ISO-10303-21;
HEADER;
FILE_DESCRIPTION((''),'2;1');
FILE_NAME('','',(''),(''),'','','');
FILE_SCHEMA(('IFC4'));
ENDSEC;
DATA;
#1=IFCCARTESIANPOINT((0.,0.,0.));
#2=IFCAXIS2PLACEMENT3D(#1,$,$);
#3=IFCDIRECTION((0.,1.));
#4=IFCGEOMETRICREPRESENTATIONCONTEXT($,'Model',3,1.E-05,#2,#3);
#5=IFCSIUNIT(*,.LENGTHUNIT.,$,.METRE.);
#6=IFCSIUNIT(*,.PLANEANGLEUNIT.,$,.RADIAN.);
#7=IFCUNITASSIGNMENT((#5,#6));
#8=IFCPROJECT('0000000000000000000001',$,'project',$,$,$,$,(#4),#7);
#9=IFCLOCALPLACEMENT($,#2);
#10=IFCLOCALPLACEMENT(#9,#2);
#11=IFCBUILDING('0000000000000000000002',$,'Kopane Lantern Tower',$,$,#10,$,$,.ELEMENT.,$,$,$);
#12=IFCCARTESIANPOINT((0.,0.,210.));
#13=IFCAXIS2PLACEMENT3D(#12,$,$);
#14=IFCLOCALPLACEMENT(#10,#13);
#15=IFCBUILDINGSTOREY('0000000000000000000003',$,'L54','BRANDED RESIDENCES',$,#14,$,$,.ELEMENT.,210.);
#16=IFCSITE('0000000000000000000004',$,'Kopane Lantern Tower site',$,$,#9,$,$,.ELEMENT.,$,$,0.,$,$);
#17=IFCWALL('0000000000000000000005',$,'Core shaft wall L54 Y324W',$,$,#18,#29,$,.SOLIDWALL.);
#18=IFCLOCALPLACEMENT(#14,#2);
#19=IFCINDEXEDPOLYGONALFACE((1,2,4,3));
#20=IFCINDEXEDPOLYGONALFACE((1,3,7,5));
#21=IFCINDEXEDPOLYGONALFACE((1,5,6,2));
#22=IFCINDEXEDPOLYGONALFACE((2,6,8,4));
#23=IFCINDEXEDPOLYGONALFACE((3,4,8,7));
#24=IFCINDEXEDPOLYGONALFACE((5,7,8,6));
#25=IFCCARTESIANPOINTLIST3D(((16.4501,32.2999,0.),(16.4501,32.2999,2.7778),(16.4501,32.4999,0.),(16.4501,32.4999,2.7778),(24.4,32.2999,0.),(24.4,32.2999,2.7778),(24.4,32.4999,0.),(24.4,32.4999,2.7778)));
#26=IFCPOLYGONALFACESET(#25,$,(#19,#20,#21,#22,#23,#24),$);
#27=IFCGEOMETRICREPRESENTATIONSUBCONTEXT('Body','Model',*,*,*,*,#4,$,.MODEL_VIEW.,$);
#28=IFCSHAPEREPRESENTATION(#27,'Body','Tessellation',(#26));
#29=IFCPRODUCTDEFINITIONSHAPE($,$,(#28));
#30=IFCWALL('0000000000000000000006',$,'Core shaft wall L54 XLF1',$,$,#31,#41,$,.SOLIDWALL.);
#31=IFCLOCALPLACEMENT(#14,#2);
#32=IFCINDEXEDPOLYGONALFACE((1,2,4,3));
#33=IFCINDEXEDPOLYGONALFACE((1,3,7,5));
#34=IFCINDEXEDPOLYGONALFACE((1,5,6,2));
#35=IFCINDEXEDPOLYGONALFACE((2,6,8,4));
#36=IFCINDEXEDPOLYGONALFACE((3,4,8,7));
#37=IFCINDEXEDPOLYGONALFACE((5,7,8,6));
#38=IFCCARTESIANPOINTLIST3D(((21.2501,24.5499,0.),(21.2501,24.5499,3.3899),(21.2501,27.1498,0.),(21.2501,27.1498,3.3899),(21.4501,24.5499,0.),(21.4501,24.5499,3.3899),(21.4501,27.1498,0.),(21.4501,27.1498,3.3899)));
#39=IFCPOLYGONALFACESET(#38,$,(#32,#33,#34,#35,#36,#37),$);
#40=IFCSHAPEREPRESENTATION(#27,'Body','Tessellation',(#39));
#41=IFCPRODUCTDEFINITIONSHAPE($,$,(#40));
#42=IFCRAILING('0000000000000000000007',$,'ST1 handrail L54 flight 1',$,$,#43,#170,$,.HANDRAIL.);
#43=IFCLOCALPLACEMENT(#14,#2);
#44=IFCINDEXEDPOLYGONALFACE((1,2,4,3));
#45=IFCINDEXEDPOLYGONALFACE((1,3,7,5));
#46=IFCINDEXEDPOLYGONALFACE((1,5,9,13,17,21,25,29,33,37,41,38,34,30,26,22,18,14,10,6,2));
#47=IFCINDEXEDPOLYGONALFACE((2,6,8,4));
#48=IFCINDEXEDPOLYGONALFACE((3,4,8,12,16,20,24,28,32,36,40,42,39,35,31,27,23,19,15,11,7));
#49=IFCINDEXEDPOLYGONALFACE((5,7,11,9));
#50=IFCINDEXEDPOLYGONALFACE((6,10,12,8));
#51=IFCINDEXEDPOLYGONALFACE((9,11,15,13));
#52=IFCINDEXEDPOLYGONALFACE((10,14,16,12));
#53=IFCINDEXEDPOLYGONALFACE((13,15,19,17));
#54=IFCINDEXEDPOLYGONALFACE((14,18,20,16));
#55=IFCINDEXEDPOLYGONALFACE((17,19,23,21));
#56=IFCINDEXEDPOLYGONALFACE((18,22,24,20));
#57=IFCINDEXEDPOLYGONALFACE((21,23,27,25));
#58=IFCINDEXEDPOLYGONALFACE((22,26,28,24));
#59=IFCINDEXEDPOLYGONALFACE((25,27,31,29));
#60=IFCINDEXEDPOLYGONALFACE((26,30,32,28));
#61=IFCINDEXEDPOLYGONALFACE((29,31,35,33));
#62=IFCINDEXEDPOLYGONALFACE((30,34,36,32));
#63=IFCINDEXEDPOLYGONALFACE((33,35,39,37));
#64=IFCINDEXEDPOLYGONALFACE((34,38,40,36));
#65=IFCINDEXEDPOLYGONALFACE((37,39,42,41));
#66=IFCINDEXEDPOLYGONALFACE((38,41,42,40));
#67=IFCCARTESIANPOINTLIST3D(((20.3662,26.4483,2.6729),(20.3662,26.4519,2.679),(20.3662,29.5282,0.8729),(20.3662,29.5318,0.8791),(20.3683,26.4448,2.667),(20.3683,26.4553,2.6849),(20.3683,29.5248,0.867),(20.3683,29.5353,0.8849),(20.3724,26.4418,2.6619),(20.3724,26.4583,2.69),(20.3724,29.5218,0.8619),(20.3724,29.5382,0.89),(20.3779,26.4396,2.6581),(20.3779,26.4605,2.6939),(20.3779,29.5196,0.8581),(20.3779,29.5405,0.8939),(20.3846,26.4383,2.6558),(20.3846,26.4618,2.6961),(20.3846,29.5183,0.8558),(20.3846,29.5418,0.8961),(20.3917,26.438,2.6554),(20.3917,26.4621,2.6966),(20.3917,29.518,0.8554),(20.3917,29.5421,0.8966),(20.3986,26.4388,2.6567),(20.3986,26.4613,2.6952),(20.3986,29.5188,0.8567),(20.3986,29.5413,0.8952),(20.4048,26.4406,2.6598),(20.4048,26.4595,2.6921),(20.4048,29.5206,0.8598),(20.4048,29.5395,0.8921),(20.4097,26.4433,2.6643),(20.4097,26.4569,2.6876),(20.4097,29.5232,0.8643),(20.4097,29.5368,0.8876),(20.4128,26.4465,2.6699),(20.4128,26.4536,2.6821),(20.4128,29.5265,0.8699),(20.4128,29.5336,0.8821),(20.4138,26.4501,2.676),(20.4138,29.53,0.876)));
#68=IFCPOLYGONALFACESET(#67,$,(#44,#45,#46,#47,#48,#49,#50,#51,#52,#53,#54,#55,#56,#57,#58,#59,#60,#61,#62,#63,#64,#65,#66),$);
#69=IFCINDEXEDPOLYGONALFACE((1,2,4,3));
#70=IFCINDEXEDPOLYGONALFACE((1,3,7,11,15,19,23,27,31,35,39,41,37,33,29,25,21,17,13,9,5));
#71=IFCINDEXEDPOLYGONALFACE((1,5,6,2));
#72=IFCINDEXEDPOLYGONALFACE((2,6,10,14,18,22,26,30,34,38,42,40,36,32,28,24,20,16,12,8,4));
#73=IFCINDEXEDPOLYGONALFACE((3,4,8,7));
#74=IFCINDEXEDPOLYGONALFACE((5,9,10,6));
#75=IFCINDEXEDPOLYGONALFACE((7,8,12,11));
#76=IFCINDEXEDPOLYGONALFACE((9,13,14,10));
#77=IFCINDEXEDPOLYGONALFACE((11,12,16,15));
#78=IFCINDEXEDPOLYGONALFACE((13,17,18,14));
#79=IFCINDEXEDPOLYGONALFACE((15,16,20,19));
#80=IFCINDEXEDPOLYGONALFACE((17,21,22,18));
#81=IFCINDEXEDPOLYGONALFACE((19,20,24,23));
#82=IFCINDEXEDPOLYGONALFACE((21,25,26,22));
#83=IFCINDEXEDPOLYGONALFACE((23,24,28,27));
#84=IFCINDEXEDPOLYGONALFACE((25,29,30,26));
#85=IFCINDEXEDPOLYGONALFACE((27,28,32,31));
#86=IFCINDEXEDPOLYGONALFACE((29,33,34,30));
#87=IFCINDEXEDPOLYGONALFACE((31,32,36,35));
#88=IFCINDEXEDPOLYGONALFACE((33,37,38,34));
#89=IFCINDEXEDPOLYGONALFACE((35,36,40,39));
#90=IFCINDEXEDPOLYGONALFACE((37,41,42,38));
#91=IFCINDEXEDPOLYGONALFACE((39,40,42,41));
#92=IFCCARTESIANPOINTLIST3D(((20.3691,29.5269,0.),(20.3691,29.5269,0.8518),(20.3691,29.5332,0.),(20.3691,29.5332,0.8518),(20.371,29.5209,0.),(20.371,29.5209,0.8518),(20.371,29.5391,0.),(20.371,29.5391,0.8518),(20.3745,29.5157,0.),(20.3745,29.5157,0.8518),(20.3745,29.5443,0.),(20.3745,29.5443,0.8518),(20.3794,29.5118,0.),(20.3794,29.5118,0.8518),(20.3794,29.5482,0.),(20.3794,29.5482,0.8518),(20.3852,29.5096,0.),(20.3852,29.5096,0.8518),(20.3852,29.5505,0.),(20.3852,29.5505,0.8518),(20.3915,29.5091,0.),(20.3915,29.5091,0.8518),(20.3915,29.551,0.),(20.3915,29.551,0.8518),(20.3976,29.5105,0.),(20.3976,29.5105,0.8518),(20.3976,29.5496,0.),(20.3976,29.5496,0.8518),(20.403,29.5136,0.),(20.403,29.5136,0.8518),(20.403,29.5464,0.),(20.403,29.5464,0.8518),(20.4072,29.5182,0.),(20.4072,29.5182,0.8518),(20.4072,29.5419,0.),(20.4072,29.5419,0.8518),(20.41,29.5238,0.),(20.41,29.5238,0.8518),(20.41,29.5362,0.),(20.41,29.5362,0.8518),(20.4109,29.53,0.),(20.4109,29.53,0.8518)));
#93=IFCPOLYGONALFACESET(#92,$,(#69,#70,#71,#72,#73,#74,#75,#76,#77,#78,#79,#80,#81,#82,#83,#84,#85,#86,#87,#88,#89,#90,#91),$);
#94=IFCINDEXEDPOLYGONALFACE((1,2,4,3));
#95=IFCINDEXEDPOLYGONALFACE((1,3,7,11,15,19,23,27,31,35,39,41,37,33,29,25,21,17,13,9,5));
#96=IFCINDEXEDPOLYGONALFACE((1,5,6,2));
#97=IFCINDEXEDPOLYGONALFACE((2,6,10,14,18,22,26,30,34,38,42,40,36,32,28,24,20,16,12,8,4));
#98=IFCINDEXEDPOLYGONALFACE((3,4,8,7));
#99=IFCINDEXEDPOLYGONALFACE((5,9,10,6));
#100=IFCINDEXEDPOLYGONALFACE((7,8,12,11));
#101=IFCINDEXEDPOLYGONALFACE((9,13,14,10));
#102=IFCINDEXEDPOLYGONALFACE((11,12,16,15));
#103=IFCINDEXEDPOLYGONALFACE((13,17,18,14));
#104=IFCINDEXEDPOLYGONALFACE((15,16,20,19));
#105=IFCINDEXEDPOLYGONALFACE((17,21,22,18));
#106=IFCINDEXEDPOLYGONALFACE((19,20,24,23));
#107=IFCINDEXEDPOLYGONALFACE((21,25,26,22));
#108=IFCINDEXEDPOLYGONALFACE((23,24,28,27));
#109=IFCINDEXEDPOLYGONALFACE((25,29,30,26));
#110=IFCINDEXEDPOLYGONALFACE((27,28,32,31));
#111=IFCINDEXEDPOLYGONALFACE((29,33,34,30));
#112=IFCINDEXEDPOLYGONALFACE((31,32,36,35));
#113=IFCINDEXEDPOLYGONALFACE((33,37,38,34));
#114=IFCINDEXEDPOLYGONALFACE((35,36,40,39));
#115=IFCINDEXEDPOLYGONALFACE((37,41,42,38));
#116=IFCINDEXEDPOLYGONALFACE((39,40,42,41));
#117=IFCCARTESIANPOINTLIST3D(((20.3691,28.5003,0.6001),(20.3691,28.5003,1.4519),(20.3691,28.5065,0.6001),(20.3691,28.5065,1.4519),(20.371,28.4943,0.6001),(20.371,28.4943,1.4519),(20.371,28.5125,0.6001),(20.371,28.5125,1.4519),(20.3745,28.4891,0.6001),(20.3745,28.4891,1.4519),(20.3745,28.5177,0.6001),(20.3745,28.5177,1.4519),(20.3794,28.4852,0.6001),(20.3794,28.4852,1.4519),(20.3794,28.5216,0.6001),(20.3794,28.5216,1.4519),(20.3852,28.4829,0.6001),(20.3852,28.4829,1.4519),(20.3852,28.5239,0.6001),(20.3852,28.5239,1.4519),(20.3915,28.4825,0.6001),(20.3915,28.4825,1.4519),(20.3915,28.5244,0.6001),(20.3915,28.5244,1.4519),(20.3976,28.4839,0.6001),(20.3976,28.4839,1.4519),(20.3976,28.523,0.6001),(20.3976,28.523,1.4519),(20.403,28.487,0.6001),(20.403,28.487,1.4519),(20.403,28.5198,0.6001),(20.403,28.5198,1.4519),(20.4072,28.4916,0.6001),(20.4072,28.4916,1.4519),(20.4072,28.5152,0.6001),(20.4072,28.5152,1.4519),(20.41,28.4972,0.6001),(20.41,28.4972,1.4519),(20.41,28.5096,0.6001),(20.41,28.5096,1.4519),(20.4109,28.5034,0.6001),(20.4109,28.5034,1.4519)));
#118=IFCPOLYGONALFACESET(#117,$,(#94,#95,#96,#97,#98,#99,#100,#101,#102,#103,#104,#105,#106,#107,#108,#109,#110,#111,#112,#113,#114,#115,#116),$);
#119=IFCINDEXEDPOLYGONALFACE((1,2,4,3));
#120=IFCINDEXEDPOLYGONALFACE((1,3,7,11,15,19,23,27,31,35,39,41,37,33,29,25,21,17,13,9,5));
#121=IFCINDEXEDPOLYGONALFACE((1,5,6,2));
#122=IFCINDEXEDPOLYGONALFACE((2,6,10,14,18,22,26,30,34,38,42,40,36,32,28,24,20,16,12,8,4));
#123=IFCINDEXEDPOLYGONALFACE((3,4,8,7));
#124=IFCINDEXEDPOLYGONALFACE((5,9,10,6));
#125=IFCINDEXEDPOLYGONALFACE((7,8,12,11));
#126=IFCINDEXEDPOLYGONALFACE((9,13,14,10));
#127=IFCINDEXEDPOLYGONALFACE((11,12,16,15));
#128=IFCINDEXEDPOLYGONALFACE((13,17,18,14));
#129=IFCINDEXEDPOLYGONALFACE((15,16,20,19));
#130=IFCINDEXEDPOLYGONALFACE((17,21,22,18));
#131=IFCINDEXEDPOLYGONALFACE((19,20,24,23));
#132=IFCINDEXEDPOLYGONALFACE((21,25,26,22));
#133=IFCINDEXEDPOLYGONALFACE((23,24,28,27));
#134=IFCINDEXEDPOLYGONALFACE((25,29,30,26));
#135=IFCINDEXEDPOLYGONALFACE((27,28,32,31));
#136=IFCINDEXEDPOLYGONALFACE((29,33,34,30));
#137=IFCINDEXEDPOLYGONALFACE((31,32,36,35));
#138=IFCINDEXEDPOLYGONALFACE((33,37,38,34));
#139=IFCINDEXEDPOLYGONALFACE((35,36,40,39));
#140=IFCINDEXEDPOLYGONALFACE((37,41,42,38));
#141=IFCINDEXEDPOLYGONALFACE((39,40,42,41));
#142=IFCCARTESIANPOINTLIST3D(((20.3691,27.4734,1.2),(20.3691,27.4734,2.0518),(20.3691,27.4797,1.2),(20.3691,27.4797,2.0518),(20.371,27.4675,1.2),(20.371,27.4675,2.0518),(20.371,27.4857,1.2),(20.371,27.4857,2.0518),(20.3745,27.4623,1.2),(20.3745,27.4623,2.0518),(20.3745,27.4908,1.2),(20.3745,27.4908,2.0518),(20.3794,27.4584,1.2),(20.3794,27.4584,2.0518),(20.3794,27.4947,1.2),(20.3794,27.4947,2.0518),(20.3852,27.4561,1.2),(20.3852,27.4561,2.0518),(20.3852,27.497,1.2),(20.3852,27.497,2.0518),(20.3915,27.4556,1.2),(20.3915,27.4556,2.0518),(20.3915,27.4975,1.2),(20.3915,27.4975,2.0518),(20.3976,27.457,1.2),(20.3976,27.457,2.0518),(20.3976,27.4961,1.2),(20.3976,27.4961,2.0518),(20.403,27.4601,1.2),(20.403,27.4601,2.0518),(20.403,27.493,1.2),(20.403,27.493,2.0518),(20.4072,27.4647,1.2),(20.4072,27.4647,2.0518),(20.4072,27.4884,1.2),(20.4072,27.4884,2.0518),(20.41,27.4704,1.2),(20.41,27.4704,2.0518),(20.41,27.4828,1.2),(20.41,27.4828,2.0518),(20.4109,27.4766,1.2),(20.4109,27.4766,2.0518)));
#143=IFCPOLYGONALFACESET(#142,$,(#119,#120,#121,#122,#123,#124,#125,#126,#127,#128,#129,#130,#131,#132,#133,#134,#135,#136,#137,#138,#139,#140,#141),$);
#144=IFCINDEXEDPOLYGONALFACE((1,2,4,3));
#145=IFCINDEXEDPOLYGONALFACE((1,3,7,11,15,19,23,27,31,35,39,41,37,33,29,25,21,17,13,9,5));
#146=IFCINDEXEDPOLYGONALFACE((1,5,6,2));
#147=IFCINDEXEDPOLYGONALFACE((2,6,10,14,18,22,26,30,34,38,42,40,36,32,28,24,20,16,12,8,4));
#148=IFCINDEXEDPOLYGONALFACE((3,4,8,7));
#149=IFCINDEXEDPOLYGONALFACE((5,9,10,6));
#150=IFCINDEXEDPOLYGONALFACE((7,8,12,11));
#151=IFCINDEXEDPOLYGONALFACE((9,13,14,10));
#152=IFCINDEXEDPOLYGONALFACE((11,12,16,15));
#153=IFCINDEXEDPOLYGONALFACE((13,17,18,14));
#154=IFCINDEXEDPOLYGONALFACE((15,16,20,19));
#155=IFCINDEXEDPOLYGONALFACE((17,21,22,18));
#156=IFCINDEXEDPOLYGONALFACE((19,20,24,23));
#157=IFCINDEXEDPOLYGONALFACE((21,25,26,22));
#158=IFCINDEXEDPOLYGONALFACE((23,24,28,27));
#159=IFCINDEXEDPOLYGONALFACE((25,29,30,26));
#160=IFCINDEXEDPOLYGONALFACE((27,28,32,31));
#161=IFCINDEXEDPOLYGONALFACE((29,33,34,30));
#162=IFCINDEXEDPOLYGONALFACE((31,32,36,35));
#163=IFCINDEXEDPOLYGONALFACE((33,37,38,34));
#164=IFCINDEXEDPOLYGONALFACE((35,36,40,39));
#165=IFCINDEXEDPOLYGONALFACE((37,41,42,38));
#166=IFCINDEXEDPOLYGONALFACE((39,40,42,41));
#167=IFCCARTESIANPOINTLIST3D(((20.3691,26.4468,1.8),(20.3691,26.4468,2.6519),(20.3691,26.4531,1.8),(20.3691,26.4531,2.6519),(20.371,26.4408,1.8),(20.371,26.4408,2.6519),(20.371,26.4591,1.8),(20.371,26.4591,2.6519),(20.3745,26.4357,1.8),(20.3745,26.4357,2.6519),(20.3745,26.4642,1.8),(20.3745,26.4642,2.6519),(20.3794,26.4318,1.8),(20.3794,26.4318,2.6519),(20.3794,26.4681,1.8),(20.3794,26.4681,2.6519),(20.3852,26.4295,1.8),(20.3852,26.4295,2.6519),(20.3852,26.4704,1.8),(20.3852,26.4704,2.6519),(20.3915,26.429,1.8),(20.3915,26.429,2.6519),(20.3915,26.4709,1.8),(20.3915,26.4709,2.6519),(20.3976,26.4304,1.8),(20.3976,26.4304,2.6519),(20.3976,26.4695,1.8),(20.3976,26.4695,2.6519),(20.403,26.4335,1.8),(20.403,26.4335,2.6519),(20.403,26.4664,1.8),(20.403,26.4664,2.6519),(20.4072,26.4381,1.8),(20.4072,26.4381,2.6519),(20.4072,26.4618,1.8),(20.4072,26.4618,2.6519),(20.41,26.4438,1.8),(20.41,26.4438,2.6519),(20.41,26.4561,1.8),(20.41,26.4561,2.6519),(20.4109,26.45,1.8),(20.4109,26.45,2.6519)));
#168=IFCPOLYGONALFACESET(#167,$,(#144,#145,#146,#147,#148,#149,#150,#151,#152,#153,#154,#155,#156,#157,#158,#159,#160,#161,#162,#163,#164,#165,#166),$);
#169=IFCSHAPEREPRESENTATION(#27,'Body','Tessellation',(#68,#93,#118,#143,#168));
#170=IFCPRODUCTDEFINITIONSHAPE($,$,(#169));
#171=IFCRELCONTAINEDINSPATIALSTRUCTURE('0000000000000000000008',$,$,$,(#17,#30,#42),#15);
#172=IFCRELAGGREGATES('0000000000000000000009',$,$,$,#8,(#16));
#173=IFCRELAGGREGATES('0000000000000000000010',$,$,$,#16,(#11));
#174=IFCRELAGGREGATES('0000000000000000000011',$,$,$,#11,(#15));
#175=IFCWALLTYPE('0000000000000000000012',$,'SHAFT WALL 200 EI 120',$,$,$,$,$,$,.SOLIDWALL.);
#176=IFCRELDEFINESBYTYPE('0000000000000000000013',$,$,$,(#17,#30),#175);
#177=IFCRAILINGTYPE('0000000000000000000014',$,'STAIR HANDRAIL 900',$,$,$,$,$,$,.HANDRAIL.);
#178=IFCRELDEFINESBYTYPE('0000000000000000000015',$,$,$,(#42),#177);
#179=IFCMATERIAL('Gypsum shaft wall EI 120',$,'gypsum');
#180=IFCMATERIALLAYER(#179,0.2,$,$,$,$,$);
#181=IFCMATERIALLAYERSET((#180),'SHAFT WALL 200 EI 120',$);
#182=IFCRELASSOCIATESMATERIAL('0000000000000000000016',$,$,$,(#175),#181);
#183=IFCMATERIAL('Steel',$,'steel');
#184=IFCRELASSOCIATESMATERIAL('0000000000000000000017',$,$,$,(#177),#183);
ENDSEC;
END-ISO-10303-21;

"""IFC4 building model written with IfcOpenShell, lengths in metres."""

from ifc_helpers import new_model, si_unit, direction, frame, frame_2d, origin, origin_2d, place, context, subcontext, project, spatial, rectangle, circle, extrude, material, layer, layer_set, type_object, element, save


model = new_model("IFC4")

# Units and contexts
model_context = context("Model", 3, precision=1e-05, world=origin(), true_north=direction((0.0, 1.0)))
body_context = subcontext(model_context, "Body", "Model", "MODEL_VIEW")
ifc_project = project(units=[si_unit("LENGTHUNIT", "METRE"), si_unit("PLANEANGLEUNIT", "RADIAN")], contexts=[model_context])

# Site, building, storey
site_placement = place(None, origin())
site = spatial("IfcSite", under=ifc_project, at=site_placement, Name="Kopane Lantern Tower site", CompositionType="ELEMENT", RefElevation=0.0)
building_placement = place(site_placement, origin())
building = spatial("IfcBuilding", under=site, at=building_placement, Name="Kopane Lantern Tower", CompositionType="ELEMENT")
storey_placement = place(building_placement, frame((0.0, 0.0, 210.0)))
storey = spatial("IfcBuildingStorey", under=building, at=storey_placement, Name="L54", Description="BRANDED RESIDENCES", CompositionType="ELEMENT", Elevation=210.0)

# Walls
ifc_material_1 = material(Name="Gypsum shaft wall EI 120", Category="gypsum")
ifc_layer_1 = layer(ifc_material_1, 0.2)
ifc_layer_set_1 = layer_set([ifc_layer_1], Name="SHAFT WALL 200 EI 120")
wall_type_1 = type_object("IfcWallType", Name="SHAFT WALL 200 EI 120", PredefinedType="SOLIDWALL", material=ifc_layer_set_1)
wall_1_placement = place(storey_placement, frame((16.45, 32.3999, 0.0), z_axis=(0.0, 0.0, 1.0), x_axis=(1.0, 0.0, 0.0)))
element("IfcWall", 1, at=wall_1_placement, inside=storey, type_object=wall_type_1, Name="Core shaft wall L54 Y324W", PredefinedType="SOLIDWALL", context=body_context, shape_type="SweptSolid", body=[
    extrude(rectangle(XDim=7.95, YDim=0.2, at=frame_2d((3.9751, 0.0))), origin(), (0.0, 0.0, 1.0), 2.7778),
])
wall_2_placement = place(storey_placement, frame((21.3501, 24.55, 0.0), z_axis=(0.0, 0.0, 1.0), x_axis=(0.0, 1.0, 0.0)))
element("IfcWall", 2, at=wall_2_placement, inside=storey, type_object=wall_type_1, Name="Core shaft wall L54 XLF1", PredefinedType="SOLIDWALL", context=body_context, shape_type="SweptSolid", body=[
    extrude(rectangle(XDim=2.5999, YDim=0.2, at=frame_2d((1.2998, 0.0))), origin(), (0.0, 0.0, 1.0), 3.3899),
])

# Railing
ifc_material_2 = material(Name="Steel", Category="steel")
railing_type_1 = type_object("IfcRailingType", Name="STAIR HANDRAIL 900", PredefinedType="HANDRAIL", material=ifc_material_2)
for number, where, name in (
    (3, (20.3899, 29.53, 0.0), "ST1 handrail L54 flight 1"),
):
    element("IfcRailing", number, at=place(storey_placement, frame(where)), inside=storey, type_object=railing_type_1, Name=name, PredefinedType="HANDRAIL", context=body_context, shape_type="SweptSolid", body=[
        extrude(circle(Radius=0.0239, at=origin_2d()), frame((0.0, 0.0, 0.876), z_axis=(0.0, -0.863372, 0.504569), x_axis=(1.0, 0.0, 0.0)), (0.0, 0.0, 1.0), 3.5674),
        extrude(circle(Radius=0.021, at=origin_2d()), origin(), (0.0, 0.0, 1.0), 0.8518),
        extrude(circle(Radius=0.021, at=origin_2d()), frame((0.0, -1.0266, 0.6001)), (0.0, 0.0, 1.0), 0.8518),
        extrude(circle(Radius=0.021, at=origin_2d()), frame((0.0, -2.0535, 1.2)), (0.0, 0.0, 1.0), 0.8518),
        extrude(circle(Radius=0.021, at=origin_2d()), frame((0.0, -3.0801, 1.8)), (0.0, 0.0, 1.0), 0.8518),
    ])

save(model, "model.ifc")
